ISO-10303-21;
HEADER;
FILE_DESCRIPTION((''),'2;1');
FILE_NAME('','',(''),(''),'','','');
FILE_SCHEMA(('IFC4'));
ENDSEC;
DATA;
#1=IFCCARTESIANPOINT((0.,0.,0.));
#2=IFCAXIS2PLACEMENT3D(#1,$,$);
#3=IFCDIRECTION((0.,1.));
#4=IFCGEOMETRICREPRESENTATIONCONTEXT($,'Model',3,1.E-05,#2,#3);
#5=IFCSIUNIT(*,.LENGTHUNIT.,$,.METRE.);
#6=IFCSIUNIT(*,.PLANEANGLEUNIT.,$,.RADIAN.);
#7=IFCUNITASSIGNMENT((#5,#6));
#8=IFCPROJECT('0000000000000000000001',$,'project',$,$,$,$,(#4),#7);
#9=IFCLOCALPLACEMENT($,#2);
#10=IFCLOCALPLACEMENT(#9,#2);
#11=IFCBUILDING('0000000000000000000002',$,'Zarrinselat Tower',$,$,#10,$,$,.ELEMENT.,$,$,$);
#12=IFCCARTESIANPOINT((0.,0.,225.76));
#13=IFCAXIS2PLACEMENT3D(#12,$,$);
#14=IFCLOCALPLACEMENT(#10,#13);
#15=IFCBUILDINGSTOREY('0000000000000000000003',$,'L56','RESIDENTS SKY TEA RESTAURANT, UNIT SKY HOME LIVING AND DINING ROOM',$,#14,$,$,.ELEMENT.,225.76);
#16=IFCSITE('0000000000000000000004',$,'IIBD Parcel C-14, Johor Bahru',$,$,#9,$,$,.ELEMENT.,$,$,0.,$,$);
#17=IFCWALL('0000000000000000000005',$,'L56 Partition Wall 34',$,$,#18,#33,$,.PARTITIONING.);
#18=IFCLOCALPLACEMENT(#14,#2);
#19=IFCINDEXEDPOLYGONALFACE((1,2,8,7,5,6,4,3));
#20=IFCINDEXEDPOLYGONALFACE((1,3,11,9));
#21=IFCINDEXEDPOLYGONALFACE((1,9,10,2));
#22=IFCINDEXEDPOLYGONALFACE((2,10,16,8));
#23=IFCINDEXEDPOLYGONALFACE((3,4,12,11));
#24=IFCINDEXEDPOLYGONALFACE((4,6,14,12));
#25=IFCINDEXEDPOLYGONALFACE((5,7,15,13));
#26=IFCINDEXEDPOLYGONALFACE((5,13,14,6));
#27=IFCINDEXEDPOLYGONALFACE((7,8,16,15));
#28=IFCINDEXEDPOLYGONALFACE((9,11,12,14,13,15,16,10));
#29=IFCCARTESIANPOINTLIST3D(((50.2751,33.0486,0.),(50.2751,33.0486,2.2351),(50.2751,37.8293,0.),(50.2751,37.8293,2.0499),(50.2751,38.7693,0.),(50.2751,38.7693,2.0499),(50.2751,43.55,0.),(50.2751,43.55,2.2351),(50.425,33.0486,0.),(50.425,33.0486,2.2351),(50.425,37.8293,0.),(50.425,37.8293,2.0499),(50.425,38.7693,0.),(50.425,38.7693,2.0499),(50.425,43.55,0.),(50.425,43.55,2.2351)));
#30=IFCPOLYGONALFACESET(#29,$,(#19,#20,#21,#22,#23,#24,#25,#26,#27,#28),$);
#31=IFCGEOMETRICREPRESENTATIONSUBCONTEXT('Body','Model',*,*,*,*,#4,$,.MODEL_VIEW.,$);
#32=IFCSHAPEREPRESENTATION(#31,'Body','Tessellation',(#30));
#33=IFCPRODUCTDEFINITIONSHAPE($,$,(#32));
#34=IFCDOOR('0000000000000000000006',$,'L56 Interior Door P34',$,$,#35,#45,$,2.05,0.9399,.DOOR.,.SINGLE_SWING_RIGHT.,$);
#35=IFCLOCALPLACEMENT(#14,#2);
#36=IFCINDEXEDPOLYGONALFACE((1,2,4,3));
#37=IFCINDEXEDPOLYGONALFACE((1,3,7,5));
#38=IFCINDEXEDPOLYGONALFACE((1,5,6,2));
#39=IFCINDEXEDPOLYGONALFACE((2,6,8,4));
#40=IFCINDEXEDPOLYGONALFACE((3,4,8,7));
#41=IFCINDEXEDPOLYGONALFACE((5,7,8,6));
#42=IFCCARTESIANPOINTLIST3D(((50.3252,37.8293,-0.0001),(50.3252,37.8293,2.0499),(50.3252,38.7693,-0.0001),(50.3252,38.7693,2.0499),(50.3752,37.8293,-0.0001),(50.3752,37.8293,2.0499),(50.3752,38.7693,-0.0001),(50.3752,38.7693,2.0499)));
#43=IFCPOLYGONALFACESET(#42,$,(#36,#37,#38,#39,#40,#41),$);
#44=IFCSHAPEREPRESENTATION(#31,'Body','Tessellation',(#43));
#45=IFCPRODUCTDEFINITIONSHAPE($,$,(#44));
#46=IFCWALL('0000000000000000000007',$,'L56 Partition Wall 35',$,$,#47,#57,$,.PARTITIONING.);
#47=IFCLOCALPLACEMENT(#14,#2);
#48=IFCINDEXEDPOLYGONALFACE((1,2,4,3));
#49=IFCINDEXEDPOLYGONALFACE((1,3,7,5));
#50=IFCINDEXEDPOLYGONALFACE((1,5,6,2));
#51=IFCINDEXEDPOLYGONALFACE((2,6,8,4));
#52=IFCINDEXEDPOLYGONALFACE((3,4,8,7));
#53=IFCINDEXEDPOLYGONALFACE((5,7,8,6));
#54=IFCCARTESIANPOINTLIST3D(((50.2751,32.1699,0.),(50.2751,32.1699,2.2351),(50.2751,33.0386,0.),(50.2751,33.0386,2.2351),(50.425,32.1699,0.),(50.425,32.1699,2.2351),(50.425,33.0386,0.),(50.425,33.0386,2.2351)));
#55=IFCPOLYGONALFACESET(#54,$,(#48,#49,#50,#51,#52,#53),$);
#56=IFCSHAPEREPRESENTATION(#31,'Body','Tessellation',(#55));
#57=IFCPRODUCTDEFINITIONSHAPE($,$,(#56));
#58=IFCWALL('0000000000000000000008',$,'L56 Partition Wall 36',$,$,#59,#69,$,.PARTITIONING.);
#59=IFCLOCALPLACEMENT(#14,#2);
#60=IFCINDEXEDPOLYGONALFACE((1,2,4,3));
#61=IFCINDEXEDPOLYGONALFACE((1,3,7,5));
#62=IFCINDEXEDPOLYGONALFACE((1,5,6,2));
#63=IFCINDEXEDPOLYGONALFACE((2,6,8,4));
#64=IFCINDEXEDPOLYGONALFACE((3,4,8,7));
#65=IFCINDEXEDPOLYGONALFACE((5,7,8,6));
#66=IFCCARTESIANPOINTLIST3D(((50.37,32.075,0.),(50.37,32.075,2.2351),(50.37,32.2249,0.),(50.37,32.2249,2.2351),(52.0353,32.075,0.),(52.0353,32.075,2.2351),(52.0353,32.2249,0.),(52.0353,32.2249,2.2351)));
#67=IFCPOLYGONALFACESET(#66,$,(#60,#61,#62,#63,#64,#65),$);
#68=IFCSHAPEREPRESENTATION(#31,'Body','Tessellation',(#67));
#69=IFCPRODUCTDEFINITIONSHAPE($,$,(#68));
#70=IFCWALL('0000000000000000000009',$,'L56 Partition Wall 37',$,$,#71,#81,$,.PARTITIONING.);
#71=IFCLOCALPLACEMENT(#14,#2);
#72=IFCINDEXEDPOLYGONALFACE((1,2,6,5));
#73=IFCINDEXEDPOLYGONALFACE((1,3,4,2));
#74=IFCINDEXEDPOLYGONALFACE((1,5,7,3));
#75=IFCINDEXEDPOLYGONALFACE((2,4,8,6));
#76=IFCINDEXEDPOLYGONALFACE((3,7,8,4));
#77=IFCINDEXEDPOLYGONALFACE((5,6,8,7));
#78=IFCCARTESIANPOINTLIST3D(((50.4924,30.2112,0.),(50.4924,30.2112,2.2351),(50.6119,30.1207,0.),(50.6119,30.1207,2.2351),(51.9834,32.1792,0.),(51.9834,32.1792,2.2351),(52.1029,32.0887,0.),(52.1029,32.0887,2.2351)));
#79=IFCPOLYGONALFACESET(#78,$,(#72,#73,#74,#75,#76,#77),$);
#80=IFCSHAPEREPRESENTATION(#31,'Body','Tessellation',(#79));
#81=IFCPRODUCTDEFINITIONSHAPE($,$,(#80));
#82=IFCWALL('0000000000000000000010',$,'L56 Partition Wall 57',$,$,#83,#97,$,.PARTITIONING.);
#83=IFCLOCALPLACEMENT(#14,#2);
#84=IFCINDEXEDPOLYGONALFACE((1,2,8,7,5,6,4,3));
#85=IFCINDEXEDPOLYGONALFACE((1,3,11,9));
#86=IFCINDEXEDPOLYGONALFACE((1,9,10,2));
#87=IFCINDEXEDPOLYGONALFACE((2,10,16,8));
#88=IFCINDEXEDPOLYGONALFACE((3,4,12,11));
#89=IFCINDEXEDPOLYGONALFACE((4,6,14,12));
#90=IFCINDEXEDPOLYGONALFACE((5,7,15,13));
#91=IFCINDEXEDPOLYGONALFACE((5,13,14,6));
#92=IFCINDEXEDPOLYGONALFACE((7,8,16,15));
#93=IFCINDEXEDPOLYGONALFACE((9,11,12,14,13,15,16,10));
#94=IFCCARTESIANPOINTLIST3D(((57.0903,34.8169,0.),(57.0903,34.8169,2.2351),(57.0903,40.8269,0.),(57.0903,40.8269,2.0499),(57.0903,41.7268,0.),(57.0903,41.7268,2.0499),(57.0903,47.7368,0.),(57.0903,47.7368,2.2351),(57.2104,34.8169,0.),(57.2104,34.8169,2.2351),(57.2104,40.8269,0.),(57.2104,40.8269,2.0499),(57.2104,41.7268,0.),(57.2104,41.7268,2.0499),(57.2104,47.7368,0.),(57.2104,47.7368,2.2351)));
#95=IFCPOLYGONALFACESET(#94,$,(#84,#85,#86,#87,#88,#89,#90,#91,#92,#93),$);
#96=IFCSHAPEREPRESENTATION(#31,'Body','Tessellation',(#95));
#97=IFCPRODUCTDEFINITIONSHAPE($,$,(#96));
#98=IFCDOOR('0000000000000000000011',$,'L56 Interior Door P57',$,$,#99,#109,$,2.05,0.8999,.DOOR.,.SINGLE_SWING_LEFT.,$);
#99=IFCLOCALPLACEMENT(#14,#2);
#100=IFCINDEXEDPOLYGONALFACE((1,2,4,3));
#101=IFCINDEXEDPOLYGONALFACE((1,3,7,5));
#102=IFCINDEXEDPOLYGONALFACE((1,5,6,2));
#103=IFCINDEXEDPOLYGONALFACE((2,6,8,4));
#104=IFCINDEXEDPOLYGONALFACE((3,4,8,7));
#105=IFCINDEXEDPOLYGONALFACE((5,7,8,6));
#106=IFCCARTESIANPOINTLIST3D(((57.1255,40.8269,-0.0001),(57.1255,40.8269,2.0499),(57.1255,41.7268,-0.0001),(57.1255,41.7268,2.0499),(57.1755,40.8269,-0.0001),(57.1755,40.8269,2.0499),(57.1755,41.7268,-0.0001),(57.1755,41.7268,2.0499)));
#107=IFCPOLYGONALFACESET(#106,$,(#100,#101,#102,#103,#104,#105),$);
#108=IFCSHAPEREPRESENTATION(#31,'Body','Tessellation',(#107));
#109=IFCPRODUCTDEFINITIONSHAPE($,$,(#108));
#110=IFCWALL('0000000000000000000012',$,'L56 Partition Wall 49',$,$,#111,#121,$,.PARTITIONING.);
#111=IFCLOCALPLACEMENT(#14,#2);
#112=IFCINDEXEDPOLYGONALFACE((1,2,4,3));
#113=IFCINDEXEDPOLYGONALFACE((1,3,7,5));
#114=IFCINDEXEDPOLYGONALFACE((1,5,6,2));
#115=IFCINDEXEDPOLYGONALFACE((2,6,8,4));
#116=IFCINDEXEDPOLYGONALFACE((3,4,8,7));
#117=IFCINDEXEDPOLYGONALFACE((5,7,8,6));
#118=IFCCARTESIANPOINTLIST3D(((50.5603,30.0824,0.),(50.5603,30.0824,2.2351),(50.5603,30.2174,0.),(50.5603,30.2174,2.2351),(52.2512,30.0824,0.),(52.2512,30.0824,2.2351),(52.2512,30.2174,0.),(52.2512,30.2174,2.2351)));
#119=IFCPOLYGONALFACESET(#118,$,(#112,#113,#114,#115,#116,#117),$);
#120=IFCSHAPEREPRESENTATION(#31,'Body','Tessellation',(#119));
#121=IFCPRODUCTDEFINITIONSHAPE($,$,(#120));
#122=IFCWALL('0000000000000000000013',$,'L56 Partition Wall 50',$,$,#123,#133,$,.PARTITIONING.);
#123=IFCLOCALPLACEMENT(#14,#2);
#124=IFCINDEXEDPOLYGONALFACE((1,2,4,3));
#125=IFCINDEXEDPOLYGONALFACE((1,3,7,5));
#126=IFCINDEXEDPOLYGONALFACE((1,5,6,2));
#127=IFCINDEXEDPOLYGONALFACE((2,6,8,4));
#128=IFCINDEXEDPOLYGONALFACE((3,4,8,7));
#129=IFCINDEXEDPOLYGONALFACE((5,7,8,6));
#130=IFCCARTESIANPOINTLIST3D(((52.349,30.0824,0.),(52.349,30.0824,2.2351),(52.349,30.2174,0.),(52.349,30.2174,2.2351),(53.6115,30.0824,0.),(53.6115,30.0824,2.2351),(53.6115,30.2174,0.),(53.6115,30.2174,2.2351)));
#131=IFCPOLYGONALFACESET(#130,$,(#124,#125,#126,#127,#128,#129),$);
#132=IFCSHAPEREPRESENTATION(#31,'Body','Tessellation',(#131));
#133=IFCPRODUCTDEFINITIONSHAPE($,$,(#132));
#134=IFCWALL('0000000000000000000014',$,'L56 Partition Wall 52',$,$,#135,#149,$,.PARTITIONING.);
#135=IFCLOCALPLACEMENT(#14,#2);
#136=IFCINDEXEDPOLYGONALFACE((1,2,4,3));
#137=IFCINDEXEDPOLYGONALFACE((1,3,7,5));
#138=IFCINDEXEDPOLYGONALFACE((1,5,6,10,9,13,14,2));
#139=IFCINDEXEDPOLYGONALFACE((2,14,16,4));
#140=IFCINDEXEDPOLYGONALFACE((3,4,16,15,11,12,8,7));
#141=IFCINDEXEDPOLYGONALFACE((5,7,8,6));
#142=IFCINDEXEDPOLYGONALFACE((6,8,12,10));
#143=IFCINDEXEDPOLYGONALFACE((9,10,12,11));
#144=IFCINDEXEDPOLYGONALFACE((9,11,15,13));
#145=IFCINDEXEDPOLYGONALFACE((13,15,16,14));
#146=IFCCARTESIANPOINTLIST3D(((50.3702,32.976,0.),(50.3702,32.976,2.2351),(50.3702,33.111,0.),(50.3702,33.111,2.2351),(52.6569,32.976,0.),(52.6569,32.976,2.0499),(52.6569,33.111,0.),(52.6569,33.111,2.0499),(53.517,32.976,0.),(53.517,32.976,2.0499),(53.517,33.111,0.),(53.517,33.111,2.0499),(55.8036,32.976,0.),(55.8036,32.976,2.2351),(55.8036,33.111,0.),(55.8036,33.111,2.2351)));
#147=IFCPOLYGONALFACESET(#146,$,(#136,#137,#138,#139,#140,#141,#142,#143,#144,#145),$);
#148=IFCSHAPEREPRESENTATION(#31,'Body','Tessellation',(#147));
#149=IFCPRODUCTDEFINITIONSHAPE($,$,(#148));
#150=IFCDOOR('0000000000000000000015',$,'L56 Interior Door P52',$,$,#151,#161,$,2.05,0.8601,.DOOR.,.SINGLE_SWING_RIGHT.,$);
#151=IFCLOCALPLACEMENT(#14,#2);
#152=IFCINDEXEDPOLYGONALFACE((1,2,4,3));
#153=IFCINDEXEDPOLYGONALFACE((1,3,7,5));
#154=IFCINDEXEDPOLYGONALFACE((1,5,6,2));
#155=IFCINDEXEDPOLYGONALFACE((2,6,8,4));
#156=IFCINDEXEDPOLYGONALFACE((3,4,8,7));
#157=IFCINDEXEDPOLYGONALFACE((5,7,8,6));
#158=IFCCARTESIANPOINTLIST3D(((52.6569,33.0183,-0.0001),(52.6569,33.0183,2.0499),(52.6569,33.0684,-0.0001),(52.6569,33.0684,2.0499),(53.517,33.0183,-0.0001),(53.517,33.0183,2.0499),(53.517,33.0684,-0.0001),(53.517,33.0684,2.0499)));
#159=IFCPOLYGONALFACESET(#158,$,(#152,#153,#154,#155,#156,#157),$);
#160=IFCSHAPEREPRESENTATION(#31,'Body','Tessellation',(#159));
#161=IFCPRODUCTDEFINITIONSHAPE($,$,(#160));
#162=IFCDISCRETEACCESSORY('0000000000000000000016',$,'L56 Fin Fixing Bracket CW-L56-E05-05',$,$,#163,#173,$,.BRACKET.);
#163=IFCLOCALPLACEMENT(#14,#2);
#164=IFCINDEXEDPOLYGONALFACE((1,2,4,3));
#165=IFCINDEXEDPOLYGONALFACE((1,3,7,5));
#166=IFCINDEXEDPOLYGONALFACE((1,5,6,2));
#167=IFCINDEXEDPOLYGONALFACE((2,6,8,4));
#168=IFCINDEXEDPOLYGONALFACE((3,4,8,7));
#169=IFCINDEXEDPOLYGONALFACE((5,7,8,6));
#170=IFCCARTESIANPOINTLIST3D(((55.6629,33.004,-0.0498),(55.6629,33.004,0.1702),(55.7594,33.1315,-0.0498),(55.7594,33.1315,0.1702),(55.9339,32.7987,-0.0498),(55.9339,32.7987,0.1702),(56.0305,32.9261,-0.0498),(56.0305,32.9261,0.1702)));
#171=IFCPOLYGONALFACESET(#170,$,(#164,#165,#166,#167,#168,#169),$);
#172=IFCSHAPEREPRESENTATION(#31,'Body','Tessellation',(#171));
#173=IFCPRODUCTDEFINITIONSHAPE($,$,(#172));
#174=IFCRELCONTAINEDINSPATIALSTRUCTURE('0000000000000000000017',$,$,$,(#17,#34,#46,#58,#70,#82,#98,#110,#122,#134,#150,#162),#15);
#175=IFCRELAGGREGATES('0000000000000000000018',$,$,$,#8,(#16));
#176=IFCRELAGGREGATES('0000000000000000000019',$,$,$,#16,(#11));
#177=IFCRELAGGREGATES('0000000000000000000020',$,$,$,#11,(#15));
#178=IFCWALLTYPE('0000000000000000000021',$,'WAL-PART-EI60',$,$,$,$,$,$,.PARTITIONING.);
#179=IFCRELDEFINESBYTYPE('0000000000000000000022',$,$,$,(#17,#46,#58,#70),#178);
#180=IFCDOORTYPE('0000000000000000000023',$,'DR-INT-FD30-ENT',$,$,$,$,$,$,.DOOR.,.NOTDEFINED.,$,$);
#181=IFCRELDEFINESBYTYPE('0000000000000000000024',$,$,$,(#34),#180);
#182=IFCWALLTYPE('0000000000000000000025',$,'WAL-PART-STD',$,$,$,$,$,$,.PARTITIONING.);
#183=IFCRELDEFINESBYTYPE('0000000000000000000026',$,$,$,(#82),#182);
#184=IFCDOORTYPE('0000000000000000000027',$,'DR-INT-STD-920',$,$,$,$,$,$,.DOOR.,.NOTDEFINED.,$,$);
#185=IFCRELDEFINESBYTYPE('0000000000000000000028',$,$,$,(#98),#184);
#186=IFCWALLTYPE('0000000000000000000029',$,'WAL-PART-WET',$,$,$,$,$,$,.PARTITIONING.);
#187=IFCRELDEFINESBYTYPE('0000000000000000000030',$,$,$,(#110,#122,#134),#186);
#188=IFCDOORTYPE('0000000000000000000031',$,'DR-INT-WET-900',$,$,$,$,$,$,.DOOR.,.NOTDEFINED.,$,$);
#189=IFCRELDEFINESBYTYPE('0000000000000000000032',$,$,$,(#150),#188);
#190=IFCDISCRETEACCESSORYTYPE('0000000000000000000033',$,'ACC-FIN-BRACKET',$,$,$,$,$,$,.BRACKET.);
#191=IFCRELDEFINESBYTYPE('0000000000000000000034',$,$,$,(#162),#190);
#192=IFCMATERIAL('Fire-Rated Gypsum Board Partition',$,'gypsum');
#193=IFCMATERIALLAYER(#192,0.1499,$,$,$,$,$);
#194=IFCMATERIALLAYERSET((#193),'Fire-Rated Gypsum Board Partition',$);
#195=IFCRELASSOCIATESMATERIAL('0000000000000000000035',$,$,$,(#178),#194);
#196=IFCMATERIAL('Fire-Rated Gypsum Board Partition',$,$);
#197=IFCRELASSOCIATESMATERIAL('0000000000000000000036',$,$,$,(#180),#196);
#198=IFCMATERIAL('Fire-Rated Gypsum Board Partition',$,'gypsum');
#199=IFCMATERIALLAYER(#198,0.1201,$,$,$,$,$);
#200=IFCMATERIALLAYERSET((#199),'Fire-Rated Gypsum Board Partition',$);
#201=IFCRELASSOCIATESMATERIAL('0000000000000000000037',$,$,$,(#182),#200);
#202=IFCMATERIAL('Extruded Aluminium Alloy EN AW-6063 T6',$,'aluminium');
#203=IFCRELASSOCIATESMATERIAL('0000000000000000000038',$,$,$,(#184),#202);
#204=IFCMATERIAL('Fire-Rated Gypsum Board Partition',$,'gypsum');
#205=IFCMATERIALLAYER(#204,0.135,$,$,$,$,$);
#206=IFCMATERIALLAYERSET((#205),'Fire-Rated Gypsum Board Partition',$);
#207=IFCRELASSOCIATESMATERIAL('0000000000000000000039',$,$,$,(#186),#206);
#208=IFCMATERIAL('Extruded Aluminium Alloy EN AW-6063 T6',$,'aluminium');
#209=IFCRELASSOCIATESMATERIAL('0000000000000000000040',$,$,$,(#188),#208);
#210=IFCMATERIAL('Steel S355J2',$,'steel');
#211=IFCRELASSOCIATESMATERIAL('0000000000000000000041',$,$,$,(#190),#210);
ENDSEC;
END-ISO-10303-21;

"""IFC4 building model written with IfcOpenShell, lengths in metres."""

from ifc_helpers import new_model, si_unit, direction, frame, frame_2d, origin, origin_2d, place, context, subcontext, project, spatial, rectangle, extrude, material, layer, layer_set, type_object, element, fill, save


model = new_model("IFC4")

# Units and contexts
model_context = context("Model", 3, precision=1e-05, world=origin(), true_north=direction((0.0, 1.0)))
body_context = subcontext(model_context, "Body", "Model", "MODEL_VIEW")
ifc_project = project(units=[si_unit("LENGTHUNIT", "METRE"), si_unit("PLANEANGLEUNIT", "RADIAN")], contexts=[model_context])

# Site, building, storey
site_placement = place(None, origin())
site = spatial("IfcSite", under=ifc_project, at=site_placement, Name="IIBD Parcel C-14, Johor Bahru", CompositionType="ELEMENT", RefElevation=0.0)
building_placement = place(site_placement, origin())
building = spatial("IfcBuilding", under=site, at=building_placement, Name="Zarrinselat Tower", CompositionType="ELEMENT")
storey_placement = place(building_placement, frame((0.0, 0.0, 225.76)))
storey = spatial("IfcBuildingStorey", under=building, at=storey_placement, Name="L56", Description="RESIDENTS SKY TEA RESTAURANT, UNIT SKY HOME LIVING AND DINING ROOM", CompositionType="ELEMENT", Elevation=225.76)

# Wall, opening, door
ifc_material_1 = material(Name="Fire-Rated Gypsum Board Partition", Category="gypsum")
ifc_layer_1 = layer(ifc_material_1, 0.1499)
ifc_layer_set_1 = layer_set([ifc_layer_1], Name="Fire-Rated Gypsum Board Partition")
wall_type_1 = type_object("IfcWallType", Name="WAL-PART-EI60", PredefinedType="PARTITIONING", material=ifc_layer_set_1)
wall_1_placement = place(storey_placement, frame((50.3501, 33.0486, 0.0), z_axis=(0.0, 0.0, 1.0), x_axis=(0.0, 1.0, 0.0)))
wall_1 = element("IfcWall", 1, at=wall_1_placement, inside=storey, type_object=wall_type_1, Name="L56 Partition Wall 34", PredefinedType="PARTITIONING", context=body_context, shape_type="SweptSolid", body=[
    extrude(rectangle(XDim=10.5015, YDim=0.1499, at=frame_2d((5.2507, 0.0))), origin(), (0.0, 0.0, 1.0), 2.2351),
])
opening_1_placement = place(wall_1_placement, frame((4.7808, 0.0, 0.0)))
opening_1 = element("IfcOpeningElement", 2, at=opening_1_placement, cuts=wall_1, PredefinedType="OPENING", context=body_context, shape_type="SweptSolid", body=[
    extrude(rectangle(XDim=0.9399, YDim=2.05, at=frame_2d((0.47, 1.0249))), frame((0.0, 0.085, 0.0), z_axis=(0.0, -1.0, 0.0), x_axis=(1.0, 0.0, 0.0)), (0.0, 0.0, 1.0), 0.1699),
])
ifc_material_2 = material(Name="Fire-Rated Gypsum Board Partition")
door_type_1 = type_object("IfcDoorType", Name="DR-INT-FD30-ENT", OperationType="NOTDEFINED", PredefinedType="DOOR", material=ifc_material_2)
door_1_placement = place(opening_1_placement, origin())
door_1 = element("IfcDoor", 3, at=door_1_placement, inside=storey, type_object=door_type_1, Name="L56 Interior Door P34", OperationType="SINGLE_SWING_RIGHT", OverallHeight=2.05, OverallWidth=0.9399, PredefinedType="DOOR", context=body_context, shape_type="SweptSolid", body=[
    extrude(rectangle(XDim=0.9399, YDim=2.05, at=frame_2d((0.47, 1.0249))), frame((0.0, 0.0249, 0.0), z_axis=(0.0, -1.0, 0.0), x_axis=(1.0, 0.0, 0.0)), (0.0, 0.0, 1.0), 0.05),
])
fill(opening_1, door_1)

# Walls
wall_2_placement = place(storey_placement, frame((50.3501, 32.1699, 0.0), z_axis=(0.0, 0.0, 1.0), x_axis=(0.0, 1.0, 0.0)))
element("IfcWall", 4, at=wall_2_placement, inside=storey, type_object=wall_type_1, Name="L56 Partition Wall 35", PredefinedType="PARTITIONING", context=body_context, shape_type="SweptSolid", body=[
    extrude(rectangle(XDim=0.8687, YDim=0.1499, at=frame_2d((0.4343, 0.0))), origin(), (0.0, 0.0, 1.0), 2.2351),
])
wall_3_placement = place(storey_placement, frame((50.3701, 32.1499, 0.0), z_axis=(0.0, 0.0, 1.0), x_axis=(1.0, 0.0, 0.0)))
element("IfcWall", 5, at=wall_3_placement, inside=storey, type_object=wall_type_1, Name="L56 Partition Wall 36", PredefinedType="PARTITIONING", context=body_context, shape_type="SweptSolid", body=[
    extrude(rectangle(XDim=1.6653, YDim=0.1499, at=frame_2d((0.8325, 0.0))), origin(), (0.0, 0.0, 1.0), 2.2351),
])
wall_4_placement = place(storey_placement, frame((50.5522, 30.166, 0.0), z_axis=(0.0, 0.0, 1.0), x_axis=(0.603869, 0.797083, 0.0)))
element("IfcWall", 6, at=wall_4_placement, inside=storey, type_object=wall_type_1, Name="L56 Partition Wall 37", PredefinedType="PARTITIONING", context=body_context, shape_type="SweptSolid", body=[
    extrude(rectangle(XDim=2.469, YDim=0.1499, at=frame_2d((1.2344, 0.0))), origin(), (0.0, 0.0, 1.0), 2.2351),
])

# Wall, opening, door
ifc_material_3 = material(Name="Fire-Rated Gypsum Board Partition", Category="gypsum")
ifc_layer_2 = layer(ifc_material_3, 0.1201)
ifc_layer_set_2 = layer_set([ifc_layer_2], Name="Fire-Rated Gypsum Board Partition")
wall_type_2 = type_object("IfcWallType", Name="WAL-PART-STD", PredefinedType="PARTITIONING", material=ifc_layer_set_2)
wall_5_placement = place(storey_placement, frame((57.1504, 34.8169, 0.0), z_axis=(0.0, 0.0, 1.0), x_axis=(0.0, 1.0, 0.0)))
wall_5 = element("IfcWall", 7, at=wall_5_placement, inside=storey, type_object=wall_type_2, Name="L56 Partition Wall 57", PredefinedType="PARTITIONING", context=body_context, shape_type="SweptSolid", body=[
    extrude(rectangle(XDim=12.9199, YDim=0.1201, at=frame_2d((6.46, 0.0))), origin(), (0.0, 0.0, 1.0), 2.2351),
])
opening_2_placement = place(wall_5_placement, frame((6.01, 0.0, 0.0)))
opening_2 = element("IfcOpeningElement", 8, at=opening_2_placement, cuts=wall_5, PredefinedType="OPENING", context=body_context, shape_type="SweptSolid", body=[
    extrude(rectangle(XDim=0.8999, YDim=2.05, at=frame_2d((0.45, 1.0249))), frame((0.0, 0.0701, 0.0), z_axis=(0.0, -1.0, 0.0), x_axis=(1.0, 0.0, 0.0)), (0.0, 0.0, 1.0), 0.1401),
])
ifc_material_4 = material(Name="Extruded Aluminium Alloy EN AW-6063 T6", Category="aluminium")
door_type_2 = type_object("IfcDoorType", Name="DR-INT-STD-920", OperationType="NOTDEFINED", PredefinedType="DOOR", material=ifc_material_4)
door_2_placement = place(opening_2_placement, origin())
door_2 = element("IfcDoor", 9, at=door_2_placement, inside=storey, type_object=door_type_2, Name="L56 Interior Door P57", OperationType="SINGLE_SWING_LEFT", OverallHeight=2.05, OverallWidth=0.8999, PredefinedType="DOOR", context=body_context, shape_type="SweptSolid", body=[
    extrude(rectangle(XDim=0.8999, YDim=2.05, at=frame_2d((0.45, 1.0249))), frame((0.0, 0.0249, 0.0), z_axis=(0.0, -1.0, 0.0), x_axis=(1.0, 0.0, 0.0)), (0.0, 0.0, 1.0), 0.05),
])
fill(opening_2, door_2)

# Walls
ifc_material_5 = material(Name="Fire-Rated Gypsum Board Partition", Category="gypsum")
ifc_layer_3 = layer(ifc_material_5, 0.135)
ifc_layer_set_3 = layer_set([ifc_layer_3], Name="Fire-Rated Gypsum Board Partition")
wall_type_3 = type_object("IfcWallType", Name="WAL-PART-WET", PredefinedType="PARTITIONING", material=ifc_layer_set_3)
wall_6_placement = place(storey_placement, frame((50.5603, 30.1499, 0.0), z_axis=(0.0, 0.0, 1.0), x_axis=(1.0, 0.0, 0.0)))
element("IfcWall", 10, at=wall_6_placement, inside=storey, type_object=wall_type_3, Name="L56 Partition Wall 49", PredefinedType="PARTITIONING", context=body_context, shape_type="SweptSolid", body=[
    extrude(rectangle(XDim=1.6909, YDim=0.135, at=frame_2d((0.8455, 0.0))), origin(), (0.0, 0.0, 1.0), 2.2351),
])
wall_7_placement = place(storey_placement, frame((52.3489, 30.1499, 0.0), z_axis=(0.0, 0.0, 1.0), x_axis=(1.0, 0.0, 0.0)))
element("IfcWall", 11, at=wall_7_placement, inside=storey, type_object=wall_type_3, Name="L56 Partition Wall 50", PredefinedType="PARTITIONING", context=body_context, shape_type="SweptSolid", body=[
    extrude(rectangle(XDim=1.2625, YDim=0.135, at=frame_2d((0.6313, 0.0))), origin(), (0.0, 0.0, 1.0), 2.2351),
])

# Wall, opening, door
wall_8_placement = place(storey_placement, frame((50.3701, 33.0435, 0.0), z_axis=(0.0, 0.0, 1.0), x_axis=(1.0, 0.0, 0.0)))
wall_8 = element("IfcWall", 12, at=wall_8_placement, inside=storey, type_object=wall_type_3, Name="L56 Partition Wall 52", PredefinedType="PARTITIONING", context=body_context, shape_type="SweptSolid", body=[
    extrude(rectangle(XDim=5.4333, YDim=0.135, at=frame_2d((2.7168, 0.0))), origin(), (0.0, 0.0, 1.0), 2.2351),
])
opening_3_placement = place(wall_8_placement, frame((2.2866, 0.0, 0.0)))
opening_3 = element("IfcOpeningElement", 13, at=opening_3_placement, cuts=wall_8, PredefinedType="OPENING", context=body_context, shape_type="SweptSolid", body=[
    extrude(rectangle(XDim=0.8601, YDim=2.05, at=frame_2d((0.4302, 1.0249))), frame((0.0, 0.0774, 0.0), z_axis=(0.0, -1.0, 0.0), x_axis=(1.0, 0.0, 0.0)), (0.0, 0.0, 1.0), 0.155),
])
ifc_material_6 = material(Name="Extruded Aluminium Alloy EN AW-6063 T6", Category="aluminium")
door_type_3 = type_object("IfcDoorType", Name="DR-INT-WET-900", OperationType="NOTDEFINED", PredefinedType="DOOR", material=ifc_material_6)
door_3_placement = place(opening_3_placement, origin())
door_3 = element("IfcDoor", 14, at=door_3_placement, inside=storey, type_object=door_type_3, Name="L56 Interior Door P52", OperationType="SINGLE_SWING_RIGHT", OverallHeight=2.05, OverallWidth=0.8601, PredefinedType="DOOR", context=body_context, shape_type="SweptSolid", body=[
    extrude(rectangle(XDim=0.8601, YDim=2.05, at=frame_2d((0.4302, 1.0249))), frame((0.0, 0.0249, 0.0), z_axis=(0.0, -1.0, 0.0), x_axis=(1.0, 0.0, 0.0)), (0.0, 0.0, 1.0), 0.05),
])
fill(opening_3, door_3)

# Discrete accessory
ifc_material_7 = material(Name="Steel S355J2", Category="steel")
discrete_accessory_type = type_object("IfcDiscreteAccessoryType", Name="ACC-FIN-BRACKET", PredefinedType="BRACKET", material=ifc_material_7)
discrete_accessory_placement = place(storey_placement, frame((55.8467, 32.9651, -0.0498), z_axis=(0.0, 0.0, 1.0), x_axis=(0.797091, -0.603859, 0.0)))
element("IfcDiscreteAccessory", 15, at=discrete_accessory_placement, inside=storey, type_object=discrete_accessory_type, Name="L56 Fin Fixing Bracket CW-L56-E05-05", PredefinedType="BRACKET", context=body_context, shape_type="SweptSolid", body=[
    extrude(rectangle(XDim=0.3401, YDim=0.1599, at=origin_2d()), origin(), (0.0, 0.0, 1.0), 0.22),
])

save(model, "model.ifc")
